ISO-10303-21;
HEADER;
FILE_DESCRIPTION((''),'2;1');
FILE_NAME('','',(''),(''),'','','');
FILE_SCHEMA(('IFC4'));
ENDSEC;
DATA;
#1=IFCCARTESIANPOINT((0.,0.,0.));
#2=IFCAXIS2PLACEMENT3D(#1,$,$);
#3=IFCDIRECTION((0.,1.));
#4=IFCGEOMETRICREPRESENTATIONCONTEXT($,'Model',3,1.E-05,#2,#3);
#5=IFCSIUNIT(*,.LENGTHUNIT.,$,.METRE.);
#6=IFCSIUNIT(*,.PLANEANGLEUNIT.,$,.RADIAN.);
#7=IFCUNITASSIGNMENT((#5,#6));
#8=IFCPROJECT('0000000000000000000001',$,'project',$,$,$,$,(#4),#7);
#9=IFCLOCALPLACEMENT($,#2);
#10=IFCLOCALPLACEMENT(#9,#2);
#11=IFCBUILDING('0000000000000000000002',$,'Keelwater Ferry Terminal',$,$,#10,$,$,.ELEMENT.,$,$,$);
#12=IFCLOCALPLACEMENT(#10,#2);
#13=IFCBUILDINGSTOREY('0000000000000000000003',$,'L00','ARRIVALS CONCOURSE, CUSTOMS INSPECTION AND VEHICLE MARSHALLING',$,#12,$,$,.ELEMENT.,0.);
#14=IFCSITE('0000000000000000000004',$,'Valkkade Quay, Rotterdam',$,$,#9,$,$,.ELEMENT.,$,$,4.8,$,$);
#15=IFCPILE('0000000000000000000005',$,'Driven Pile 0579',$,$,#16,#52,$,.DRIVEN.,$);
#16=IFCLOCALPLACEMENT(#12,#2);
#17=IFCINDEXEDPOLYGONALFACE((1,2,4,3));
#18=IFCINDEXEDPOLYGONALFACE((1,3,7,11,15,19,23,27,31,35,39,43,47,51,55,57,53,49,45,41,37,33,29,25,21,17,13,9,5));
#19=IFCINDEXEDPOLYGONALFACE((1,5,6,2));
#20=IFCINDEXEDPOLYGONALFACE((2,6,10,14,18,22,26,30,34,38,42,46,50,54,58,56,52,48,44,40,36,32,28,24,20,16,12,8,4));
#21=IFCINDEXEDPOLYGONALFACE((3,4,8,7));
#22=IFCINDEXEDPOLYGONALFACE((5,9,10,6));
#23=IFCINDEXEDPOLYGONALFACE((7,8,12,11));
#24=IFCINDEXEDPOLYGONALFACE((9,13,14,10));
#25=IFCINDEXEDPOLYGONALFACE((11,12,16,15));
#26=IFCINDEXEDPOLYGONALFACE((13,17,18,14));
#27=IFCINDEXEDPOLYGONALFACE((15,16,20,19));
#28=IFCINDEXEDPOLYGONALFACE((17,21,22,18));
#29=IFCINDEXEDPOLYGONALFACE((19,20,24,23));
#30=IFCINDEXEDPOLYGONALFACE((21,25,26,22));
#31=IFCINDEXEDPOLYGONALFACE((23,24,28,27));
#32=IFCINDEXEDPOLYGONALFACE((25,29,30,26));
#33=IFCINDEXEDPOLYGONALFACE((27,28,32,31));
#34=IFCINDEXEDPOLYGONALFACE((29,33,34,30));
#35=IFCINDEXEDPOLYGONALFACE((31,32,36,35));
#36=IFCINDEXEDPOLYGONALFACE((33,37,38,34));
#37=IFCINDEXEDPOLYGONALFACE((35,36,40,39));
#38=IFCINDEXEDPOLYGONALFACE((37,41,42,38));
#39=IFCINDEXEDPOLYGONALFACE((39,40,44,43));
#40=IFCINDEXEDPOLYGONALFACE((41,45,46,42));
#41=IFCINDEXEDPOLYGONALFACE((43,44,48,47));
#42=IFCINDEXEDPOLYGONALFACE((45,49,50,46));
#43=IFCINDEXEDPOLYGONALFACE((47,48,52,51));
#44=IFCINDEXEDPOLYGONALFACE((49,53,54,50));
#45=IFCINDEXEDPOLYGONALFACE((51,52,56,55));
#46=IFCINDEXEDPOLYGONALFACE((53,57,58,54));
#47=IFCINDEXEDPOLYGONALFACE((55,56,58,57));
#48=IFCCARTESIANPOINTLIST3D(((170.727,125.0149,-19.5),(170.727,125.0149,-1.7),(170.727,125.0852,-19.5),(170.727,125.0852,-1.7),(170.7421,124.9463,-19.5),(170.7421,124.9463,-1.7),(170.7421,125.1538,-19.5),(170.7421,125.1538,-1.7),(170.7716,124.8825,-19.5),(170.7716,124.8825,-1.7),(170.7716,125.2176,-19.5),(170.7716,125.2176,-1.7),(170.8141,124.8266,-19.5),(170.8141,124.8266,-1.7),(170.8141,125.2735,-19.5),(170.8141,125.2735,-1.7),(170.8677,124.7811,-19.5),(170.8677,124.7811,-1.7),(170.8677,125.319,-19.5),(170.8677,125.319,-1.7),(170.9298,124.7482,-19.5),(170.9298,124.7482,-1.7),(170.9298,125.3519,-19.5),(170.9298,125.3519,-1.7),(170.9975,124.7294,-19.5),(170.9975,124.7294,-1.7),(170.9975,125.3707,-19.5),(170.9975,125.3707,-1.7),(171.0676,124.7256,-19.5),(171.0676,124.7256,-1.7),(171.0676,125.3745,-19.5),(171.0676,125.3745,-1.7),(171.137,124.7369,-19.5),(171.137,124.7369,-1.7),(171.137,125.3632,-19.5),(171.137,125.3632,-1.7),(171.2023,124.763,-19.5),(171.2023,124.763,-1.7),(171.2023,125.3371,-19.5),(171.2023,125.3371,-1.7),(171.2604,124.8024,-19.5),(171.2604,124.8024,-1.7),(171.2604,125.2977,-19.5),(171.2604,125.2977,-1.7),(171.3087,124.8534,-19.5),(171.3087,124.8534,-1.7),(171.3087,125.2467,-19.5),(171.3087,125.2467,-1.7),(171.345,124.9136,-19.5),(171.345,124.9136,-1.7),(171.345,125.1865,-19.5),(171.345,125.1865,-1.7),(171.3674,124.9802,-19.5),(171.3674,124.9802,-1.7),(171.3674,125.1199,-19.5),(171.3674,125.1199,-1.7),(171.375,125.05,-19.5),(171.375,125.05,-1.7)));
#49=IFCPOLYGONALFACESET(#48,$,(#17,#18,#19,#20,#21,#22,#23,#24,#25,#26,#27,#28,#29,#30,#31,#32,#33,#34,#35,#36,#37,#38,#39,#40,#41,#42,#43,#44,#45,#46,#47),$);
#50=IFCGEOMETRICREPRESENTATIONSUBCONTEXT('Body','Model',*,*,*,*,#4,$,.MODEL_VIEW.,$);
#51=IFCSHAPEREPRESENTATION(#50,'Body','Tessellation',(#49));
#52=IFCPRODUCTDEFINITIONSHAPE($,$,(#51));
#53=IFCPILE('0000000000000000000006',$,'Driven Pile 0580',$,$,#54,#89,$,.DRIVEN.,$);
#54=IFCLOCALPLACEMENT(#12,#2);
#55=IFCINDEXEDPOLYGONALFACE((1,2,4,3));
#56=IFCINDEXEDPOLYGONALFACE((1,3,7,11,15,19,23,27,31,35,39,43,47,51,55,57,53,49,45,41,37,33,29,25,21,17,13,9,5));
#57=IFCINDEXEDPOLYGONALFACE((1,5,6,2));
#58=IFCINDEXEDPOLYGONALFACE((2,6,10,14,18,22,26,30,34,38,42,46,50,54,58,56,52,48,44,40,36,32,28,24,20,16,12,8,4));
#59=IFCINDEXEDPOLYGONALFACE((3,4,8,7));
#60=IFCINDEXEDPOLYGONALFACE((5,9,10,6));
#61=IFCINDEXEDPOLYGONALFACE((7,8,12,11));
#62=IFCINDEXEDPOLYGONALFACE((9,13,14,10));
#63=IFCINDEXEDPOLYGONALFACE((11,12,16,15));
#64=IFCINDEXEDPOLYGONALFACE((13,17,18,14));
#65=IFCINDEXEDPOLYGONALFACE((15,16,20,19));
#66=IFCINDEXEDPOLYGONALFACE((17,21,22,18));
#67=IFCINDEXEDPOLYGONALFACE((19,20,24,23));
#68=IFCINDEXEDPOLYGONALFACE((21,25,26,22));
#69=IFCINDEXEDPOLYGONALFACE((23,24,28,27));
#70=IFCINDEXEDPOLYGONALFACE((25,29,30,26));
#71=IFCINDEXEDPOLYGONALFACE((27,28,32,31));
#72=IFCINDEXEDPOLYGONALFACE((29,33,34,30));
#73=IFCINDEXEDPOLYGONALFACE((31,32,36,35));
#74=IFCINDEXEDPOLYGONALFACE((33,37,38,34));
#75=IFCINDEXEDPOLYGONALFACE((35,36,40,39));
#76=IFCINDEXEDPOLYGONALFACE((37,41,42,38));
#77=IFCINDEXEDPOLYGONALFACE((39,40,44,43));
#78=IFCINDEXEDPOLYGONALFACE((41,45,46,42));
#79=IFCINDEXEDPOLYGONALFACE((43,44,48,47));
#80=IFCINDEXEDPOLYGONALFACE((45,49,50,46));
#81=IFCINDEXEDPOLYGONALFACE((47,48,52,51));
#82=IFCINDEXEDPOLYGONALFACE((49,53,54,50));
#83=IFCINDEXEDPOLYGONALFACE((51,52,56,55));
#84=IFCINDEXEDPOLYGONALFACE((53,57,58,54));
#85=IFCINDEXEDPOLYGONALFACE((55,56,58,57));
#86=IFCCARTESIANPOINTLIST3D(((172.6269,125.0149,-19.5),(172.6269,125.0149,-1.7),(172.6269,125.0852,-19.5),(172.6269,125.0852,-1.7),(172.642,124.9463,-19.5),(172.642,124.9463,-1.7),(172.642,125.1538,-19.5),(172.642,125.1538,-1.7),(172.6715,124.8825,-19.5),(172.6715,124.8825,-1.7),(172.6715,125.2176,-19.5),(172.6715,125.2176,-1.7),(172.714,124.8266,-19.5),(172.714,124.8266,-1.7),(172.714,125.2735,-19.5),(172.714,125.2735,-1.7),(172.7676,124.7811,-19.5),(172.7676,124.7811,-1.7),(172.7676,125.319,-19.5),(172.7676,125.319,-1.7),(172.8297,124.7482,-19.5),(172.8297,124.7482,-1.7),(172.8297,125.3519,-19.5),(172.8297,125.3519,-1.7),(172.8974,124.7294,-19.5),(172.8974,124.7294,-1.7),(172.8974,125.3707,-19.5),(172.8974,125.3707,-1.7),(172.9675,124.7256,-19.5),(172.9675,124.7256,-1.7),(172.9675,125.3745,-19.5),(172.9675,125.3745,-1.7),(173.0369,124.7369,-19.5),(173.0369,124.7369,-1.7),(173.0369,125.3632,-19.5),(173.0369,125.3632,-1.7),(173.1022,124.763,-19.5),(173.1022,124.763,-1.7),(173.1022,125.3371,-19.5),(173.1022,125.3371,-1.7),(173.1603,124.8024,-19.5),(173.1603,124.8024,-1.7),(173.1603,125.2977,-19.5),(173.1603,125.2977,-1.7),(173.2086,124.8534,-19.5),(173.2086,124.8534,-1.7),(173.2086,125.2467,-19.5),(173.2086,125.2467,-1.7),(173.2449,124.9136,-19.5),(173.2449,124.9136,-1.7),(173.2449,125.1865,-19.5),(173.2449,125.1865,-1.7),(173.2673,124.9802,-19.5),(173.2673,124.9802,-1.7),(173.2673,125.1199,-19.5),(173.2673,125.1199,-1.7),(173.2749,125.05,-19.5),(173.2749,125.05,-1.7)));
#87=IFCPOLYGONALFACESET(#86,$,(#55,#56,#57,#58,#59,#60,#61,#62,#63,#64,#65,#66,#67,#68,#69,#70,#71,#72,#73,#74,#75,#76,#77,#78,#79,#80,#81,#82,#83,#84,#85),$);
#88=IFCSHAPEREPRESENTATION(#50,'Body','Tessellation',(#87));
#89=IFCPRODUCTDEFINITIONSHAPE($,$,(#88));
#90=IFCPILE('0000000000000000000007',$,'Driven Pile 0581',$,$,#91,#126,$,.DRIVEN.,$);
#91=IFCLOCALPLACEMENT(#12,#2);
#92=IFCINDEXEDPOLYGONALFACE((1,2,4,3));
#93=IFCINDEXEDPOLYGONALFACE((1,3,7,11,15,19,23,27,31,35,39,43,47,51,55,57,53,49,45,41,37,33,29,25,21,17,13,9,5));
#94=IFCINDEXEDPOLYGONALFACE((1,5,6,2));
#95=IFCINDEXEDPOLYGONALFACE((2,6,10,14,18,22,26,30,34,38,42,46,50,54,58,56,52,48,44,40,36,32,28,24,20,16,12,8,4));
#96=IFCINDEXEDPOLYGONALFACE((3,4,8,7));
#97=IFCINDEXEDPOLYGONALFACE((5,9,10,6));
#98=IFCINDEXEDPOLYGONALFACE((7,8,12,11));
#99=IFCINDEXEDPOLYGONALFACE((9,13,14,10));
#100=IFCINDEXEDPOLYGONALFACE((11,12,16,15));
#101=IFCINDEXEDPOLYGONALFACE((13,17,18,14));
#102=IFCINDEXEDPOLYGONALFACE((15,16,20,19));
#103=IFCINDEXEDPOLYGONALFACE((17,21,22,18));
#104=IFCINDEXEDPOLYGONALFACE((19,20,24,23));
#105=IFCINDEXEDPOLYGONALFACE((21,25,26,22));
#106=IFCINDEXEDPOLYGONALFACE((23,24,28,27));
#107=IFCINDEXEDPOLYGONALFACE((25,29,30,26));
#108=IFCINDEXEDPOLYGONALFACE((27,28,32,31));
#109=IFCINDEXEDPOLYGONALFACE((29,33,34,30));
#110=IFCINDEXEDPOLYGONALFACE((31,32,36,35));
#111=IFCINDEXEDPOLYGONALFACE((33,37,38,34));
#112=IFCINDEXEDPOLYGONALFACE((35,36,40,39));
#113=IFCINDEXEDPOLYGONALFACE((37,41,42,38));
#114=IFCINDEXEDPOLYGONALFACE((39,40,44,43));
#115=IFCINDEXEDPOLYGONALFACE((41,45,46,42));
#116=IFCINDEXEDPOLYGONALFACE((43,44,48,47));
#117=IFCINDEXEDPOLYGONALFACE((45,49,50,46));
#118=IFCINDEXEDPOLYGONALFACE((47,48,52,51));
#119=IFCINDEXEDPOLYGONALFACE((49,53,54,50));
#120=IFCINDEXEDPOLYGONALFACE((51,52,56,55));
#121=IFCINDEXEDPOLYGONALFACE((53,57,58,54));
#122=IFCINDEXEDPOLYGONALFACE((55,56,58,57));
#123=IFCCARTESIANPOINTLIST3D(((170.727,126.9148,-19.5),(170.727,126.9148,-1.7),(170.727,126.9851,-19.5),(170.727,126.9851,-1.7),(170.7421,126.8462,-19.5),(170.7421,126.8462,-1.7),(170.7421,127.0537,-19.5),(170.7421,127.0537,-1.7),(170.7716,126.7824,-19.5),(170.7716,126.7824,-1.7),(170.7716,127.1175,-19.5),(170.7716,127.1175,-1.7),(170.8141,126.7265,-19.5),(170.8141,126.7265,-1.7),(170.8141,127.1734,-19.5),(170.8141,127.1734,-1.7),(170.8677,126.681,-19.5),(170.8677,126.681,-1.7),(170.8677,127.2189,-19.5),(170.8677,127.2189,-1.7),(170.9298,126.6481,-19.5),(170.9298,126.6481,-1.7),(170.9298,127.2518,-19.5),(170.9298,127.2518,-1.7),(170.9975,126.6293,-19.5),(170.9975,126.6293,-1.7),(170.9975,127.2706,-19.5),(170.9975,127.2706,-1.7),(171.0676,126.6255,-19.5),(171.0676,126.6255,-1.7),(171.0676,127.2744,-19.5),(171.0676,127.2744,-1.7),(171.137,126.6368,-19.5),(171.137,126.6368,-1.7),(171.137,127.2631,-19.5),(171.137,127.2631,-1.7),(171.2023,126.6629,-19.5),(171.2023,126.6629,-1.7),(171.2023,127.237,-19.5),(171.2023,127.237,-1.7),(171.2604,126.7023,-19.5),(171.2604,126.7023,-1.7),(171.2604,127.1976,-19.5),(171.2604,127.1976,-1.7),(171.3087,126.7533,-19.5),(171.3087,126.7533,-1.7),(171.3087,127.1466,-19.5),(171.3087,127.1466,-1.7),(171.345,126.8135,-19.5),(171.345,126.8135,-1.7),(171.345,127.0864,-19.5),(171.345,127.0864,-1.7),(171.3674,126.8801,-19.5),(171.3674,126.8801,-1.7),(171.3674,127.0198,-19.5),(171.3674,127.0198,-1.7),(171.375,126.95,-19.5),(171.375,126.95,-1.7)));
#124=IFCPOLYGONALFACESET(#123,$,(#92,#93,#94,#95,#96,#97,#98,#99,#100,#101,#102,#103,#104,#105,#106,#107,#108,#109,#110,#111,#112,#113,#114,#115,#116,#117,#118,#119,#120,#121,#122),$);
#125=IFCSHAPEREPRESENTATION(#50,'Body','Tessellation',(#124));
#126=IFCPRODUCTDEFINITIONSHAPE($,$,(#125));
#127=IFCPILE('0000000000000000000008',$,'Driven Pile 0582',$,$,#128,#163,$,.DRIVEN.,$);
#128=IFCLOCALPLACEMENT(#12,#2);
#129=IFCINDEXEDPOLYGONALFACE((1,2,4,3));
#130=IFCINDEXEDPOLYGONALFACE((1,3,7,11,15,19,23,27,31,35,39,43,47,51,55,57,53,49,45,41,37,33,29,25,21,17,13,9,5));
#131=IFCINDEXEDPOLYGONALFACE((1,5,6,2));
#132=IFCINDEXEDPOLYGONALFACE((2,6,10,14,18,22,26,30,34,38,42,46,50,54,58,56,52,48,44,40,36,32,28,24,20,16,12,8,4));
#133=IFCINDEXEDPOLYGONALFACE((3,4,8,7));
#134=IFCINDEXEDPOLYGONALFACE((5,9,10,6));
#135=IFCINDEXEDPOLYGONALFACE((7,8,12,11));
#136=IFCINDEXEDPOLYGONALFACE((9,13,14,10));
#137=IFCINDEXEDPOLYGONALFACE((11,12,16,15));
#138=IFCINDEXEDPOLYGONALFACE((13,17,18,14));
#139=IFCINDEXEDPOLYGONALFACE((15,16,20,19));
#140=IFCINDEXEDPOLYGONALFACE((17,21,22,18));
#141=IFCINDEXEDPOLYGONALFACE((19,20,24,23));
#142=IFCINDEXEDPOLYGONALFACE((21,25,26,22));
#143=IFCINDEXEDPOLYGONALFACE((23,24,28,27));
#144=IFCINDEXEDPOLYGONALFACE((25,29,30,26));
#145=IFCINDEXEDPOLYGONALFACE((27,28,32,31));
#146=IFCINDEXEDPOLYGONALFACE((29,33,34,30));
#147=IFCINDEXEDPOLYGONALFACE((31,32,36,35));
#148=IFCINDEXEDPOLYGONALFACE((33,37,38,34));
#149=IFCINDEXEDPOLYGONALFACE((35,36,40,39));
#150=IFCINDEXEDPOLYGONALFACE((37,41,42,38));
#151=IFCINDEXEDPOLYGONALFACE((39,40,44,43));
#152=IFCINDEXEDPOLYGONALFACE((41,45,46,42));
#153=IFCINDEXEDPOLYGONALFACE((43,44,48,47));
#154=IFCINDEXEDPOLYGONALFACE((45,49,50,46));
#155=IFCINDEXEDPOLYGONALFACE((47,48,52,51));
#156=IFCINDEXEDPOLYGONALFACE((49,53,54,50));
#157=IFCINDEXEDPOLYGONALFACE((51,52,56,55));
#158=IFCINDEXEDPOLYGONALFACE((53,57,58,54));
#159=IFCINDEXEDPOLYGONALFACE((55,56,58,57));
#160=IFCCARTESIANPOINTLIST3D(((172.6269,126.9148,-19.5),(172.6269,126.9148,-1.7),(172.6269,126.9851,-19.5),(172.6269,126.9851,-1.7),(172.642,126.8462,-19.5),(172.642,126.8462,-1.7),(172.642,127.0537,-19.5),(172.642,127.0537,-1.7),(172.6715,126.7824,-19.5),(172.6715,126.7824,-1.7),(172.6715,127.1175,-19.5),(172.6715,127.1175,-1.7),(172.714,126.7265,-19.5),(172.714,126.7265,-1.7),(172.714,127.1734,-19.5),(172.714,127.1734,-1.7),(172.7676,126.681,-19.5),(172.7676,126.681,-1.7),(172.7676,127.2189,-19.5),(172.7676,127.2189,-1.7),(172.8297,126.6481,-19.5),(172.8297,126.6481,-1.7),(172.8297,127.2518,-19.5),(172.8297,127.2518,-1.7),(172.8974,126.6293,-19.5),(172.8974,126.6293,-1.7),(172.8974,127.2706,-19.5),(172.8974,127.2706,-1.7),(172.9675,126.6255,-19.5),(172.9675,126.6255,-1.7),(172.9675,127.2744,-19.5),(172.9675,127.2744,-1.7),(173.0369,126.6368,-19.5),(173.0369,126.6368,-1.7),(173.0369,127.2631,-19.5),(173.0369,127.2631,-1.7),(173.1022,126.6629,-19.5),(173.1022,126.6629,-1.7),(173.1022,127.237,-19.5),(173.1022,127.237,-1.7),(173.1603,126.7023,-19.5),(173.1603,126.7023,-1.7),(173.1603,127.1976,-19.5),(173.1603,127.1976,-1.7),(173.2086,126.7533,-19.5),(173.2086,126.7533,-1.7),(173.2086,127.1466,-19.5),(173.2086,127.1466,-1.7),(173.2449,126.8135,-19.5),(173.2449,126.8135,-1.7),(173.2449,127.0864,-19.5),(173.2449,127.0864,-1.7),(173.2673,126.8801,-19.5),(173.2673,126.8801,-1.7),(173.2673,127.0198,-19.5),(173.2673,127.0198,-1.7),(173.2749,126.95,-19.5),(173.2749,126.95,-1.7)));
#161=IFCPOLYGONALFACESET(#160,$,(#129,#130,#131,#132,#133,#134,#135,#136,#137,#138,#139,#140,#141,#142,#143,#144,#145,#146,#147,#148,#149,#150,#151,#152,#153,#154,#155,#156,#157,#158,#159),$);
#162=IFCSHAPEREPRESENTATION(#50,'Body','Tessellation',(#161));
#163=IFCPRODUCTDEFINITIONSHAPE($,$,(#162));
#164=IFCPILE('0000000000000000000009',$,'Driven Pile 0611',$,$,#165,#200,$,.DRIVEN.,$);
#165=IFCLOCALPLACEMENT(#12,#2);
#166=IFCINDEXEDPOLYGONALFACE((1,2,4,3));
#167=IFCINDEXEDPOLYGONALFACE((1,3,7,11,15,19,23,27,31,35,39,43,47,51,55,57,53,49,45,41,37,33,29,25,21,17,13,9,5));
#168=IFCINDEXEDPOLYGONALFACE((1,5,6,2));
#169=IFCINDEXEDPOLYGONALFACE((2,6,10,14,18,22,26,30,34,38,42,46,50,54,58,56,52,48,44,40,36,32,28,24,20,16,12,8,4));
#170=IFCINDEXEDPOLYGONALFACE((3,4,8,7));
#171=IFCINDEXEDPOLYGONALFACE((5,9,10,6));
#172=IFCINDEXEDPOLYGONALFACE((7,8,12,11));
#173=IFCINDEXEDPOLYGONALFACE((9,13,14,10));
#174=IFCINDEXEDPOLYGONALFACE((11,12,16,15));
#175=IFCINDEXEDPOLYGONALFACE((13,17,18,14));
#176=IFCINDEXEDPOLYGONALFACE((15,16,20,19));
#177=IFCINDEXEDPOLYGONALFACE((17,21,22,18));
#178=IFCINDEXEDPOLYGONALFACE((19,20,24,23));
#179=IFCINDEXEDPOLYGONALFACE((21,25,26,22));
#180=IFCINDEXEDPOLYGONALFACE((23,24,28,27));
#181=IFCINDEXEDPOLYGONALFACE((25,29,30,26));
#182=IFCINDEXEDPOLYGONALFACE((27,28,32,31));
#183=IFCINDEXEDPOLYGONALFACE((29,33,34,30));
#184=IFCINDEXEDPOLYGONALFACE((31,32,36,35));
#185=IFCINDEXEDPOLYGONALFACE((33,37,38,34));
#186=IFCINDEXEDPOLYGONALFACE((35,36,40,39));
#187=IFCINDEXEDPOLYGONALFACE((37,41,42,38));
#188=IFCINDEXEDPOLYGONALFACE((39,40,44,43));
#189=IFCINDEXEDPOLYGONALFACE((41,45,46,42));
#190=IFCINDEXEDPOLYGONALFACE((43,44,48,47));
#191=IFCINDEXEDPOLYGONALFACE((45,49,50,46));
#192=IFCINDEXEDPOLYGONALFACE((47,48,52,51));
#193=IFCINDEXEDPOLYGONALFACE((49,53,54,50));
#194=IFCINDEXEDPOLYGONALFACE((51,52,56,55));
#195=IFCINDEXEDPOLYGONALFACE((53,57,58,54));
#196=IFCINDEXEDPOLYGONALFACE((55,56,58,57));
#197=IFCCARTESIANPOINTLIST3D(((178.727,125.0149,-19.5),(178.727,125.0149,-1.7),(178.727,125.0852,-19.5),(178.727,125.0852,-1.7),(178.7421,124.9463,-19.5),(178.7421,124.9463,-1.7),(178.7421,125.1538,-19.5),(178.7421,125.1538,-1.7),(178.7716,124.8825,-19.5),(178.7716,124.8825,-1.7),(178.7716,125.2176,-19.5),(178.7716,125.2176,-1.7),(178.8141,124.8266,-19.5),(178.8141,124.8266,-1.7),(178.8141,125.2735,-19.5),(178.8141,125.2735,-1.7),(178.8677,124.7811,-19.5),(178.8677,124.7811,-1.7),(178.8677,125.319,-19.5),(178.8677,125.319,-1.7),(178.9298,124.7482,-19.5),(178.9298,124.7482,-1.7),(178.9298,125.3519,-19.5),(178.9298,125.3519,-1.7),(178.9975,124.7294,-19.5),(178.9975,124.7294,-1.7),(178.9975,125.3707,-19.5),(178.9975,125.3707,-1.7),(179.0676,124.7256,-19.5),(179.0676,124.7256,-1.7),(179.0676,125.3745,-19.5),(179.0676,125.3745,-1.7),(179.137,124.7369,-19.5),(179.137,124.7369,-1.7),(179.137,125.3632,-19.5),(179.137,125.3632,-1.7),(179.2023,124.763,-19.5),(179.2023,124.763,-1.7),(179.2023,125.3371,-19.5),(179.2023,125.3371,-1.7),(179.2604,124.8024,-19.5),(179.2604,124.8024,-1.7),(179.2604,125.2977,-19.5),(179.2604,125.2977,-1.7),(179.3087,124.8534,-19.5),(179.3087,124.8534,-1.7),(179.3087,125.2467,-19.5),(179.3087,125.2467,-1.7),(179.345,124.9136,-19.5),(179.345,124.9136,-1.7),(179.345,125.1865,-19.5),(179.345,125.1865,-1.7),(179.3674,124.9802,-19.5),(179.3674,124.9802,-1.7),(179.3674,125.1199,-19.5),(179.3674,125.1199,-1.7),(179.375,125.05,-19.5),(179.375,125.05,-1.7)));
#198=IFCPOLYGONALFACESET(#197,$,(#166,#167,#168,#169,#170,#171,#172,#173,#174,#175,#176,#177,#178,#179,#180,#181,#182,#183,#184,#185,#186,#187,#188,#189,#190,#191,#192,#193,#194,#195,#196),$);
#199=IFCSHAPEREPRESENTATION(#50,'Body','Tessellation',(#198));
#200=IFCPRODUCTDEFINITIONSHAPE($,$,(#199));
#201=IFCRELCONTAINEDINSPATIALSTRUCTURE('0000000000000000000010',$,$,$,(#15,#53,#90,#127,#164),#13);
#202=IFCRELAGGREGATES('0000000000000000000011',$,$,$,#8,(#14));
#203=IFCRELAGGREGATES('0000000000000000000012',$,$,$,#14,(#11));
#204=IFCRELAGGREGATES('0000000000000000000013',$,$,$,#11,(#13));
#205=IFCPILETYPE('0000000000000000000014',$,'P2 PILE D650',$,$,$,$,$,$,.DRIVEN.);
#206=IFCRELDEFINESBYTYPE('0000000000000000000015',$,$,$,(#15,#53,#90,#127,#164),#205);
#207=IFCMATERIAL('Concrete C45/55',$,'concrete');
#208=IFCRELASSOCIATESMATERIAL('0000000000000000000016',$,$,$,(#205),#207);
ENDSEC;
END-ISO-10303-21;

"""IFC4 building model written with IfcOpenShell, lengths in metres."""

from ifc_helpers import new_model, si_unit, direction, frame, origin, origin_2d, place, context, subcontext, project, spatial, circle, extrude, material, material_profile, profile_set, type_object, element, save


model = new_model("IFC4")

# Units and contexts
model_context = context("Model", 3, precision=1e-05, world=origin(), true_north=direction((0.0, 1.0)))
body_context = subcontext(model_context, "Body", "Model", "MODEL_VIEW")
ifc_project = project(units=[si_unit("LENGTHUNIT", "METRE"), si_unit("PLANEANGLEUNIT", "RADIAN")], contexts=[model_context])

# Site, building, storey
site_placement = place(None, origin())
site = spatial("IfcSite", under=ifc_project, at=site_placement, Name="Valkkade Quay, Rotterdam", CompositionType="ELEMENT", RefElevation=4.8)
building_placement = place(site_placement, origin())
building = spatial("IfcBuilding", under=site, at=building_placement, Name="Keelwater Ferry Terminal", CompositionType="ELEMENT")
storey_placement = place(building_placement, origin())
storey = spatial("IfcBuildingStorey", under=building, at=storey_placement, Name="L00", Description="ARRIVALS CONCOURSE, CUSTOMS INSPECTION AND VEHICLE MARSHALLING", CompositionType="ELEMENT", Elevation=0.0)

# Piles
ifc_material_1 = material(Name="Concrete C45/55", Category="concrete")
ifc_material_profile_1 = material_profile(ifc_material_1, circle(Radius=0.325, at=origin_2d()), Name="PILE D650")
ifc_profile_set_1 = profile_set([ifc_material_profile_1], Name="Concrete C45/55")
pile_type = type_object("IfcPileType", Name="P2 PILE D650", PredefinedType="DRIVEN", material=ifc_profile_set_1)
for number, where, z_axis, x_axis, name in (
    (1, (171.05, 125.05, -1.7), (0.0, 0.0, -1.0), (1.0, 0.0, 0.0), "Driven Pile 0579"),
    (2, (172.95, 125.05, -1.7), (0.0, 0.0, -1.0), (1.0, 0.0, 0.0), "Driven Pile 0580"),
    (3, (171.05, 126.95, -1.7), (0.0, 0.0, -1.0), (1.0, 0.0, 0.0), "Driven Pile 0581"),
    (4, (172.95, 126.95, -1.7), (0.0, 0.0, -1.0), (1.0, 0.0, 0.0), "Driven Pile 0582"),
    (5, (179.05, 125.05, -1.7), (0.0, 0.0, -1.0), (1.0, 0.0, 0.0), "Driven Pile 0611"),
):
    element("IfcPile", number, at=place(storey_placement, frame(where, z_axis=z_axis, x_axis=x_axis)), inside=storey, type_object=pile_type, Name=name, PredefinedType="DRIVEN", context=body_context, shape_type="SweptSolid", body=[
        extrude(circle(Radius=0.325, at=origin_2d()), origin(), (0.0, 0.0, 1.0), 17.8),
    ])

save(model, "model.ifc")
